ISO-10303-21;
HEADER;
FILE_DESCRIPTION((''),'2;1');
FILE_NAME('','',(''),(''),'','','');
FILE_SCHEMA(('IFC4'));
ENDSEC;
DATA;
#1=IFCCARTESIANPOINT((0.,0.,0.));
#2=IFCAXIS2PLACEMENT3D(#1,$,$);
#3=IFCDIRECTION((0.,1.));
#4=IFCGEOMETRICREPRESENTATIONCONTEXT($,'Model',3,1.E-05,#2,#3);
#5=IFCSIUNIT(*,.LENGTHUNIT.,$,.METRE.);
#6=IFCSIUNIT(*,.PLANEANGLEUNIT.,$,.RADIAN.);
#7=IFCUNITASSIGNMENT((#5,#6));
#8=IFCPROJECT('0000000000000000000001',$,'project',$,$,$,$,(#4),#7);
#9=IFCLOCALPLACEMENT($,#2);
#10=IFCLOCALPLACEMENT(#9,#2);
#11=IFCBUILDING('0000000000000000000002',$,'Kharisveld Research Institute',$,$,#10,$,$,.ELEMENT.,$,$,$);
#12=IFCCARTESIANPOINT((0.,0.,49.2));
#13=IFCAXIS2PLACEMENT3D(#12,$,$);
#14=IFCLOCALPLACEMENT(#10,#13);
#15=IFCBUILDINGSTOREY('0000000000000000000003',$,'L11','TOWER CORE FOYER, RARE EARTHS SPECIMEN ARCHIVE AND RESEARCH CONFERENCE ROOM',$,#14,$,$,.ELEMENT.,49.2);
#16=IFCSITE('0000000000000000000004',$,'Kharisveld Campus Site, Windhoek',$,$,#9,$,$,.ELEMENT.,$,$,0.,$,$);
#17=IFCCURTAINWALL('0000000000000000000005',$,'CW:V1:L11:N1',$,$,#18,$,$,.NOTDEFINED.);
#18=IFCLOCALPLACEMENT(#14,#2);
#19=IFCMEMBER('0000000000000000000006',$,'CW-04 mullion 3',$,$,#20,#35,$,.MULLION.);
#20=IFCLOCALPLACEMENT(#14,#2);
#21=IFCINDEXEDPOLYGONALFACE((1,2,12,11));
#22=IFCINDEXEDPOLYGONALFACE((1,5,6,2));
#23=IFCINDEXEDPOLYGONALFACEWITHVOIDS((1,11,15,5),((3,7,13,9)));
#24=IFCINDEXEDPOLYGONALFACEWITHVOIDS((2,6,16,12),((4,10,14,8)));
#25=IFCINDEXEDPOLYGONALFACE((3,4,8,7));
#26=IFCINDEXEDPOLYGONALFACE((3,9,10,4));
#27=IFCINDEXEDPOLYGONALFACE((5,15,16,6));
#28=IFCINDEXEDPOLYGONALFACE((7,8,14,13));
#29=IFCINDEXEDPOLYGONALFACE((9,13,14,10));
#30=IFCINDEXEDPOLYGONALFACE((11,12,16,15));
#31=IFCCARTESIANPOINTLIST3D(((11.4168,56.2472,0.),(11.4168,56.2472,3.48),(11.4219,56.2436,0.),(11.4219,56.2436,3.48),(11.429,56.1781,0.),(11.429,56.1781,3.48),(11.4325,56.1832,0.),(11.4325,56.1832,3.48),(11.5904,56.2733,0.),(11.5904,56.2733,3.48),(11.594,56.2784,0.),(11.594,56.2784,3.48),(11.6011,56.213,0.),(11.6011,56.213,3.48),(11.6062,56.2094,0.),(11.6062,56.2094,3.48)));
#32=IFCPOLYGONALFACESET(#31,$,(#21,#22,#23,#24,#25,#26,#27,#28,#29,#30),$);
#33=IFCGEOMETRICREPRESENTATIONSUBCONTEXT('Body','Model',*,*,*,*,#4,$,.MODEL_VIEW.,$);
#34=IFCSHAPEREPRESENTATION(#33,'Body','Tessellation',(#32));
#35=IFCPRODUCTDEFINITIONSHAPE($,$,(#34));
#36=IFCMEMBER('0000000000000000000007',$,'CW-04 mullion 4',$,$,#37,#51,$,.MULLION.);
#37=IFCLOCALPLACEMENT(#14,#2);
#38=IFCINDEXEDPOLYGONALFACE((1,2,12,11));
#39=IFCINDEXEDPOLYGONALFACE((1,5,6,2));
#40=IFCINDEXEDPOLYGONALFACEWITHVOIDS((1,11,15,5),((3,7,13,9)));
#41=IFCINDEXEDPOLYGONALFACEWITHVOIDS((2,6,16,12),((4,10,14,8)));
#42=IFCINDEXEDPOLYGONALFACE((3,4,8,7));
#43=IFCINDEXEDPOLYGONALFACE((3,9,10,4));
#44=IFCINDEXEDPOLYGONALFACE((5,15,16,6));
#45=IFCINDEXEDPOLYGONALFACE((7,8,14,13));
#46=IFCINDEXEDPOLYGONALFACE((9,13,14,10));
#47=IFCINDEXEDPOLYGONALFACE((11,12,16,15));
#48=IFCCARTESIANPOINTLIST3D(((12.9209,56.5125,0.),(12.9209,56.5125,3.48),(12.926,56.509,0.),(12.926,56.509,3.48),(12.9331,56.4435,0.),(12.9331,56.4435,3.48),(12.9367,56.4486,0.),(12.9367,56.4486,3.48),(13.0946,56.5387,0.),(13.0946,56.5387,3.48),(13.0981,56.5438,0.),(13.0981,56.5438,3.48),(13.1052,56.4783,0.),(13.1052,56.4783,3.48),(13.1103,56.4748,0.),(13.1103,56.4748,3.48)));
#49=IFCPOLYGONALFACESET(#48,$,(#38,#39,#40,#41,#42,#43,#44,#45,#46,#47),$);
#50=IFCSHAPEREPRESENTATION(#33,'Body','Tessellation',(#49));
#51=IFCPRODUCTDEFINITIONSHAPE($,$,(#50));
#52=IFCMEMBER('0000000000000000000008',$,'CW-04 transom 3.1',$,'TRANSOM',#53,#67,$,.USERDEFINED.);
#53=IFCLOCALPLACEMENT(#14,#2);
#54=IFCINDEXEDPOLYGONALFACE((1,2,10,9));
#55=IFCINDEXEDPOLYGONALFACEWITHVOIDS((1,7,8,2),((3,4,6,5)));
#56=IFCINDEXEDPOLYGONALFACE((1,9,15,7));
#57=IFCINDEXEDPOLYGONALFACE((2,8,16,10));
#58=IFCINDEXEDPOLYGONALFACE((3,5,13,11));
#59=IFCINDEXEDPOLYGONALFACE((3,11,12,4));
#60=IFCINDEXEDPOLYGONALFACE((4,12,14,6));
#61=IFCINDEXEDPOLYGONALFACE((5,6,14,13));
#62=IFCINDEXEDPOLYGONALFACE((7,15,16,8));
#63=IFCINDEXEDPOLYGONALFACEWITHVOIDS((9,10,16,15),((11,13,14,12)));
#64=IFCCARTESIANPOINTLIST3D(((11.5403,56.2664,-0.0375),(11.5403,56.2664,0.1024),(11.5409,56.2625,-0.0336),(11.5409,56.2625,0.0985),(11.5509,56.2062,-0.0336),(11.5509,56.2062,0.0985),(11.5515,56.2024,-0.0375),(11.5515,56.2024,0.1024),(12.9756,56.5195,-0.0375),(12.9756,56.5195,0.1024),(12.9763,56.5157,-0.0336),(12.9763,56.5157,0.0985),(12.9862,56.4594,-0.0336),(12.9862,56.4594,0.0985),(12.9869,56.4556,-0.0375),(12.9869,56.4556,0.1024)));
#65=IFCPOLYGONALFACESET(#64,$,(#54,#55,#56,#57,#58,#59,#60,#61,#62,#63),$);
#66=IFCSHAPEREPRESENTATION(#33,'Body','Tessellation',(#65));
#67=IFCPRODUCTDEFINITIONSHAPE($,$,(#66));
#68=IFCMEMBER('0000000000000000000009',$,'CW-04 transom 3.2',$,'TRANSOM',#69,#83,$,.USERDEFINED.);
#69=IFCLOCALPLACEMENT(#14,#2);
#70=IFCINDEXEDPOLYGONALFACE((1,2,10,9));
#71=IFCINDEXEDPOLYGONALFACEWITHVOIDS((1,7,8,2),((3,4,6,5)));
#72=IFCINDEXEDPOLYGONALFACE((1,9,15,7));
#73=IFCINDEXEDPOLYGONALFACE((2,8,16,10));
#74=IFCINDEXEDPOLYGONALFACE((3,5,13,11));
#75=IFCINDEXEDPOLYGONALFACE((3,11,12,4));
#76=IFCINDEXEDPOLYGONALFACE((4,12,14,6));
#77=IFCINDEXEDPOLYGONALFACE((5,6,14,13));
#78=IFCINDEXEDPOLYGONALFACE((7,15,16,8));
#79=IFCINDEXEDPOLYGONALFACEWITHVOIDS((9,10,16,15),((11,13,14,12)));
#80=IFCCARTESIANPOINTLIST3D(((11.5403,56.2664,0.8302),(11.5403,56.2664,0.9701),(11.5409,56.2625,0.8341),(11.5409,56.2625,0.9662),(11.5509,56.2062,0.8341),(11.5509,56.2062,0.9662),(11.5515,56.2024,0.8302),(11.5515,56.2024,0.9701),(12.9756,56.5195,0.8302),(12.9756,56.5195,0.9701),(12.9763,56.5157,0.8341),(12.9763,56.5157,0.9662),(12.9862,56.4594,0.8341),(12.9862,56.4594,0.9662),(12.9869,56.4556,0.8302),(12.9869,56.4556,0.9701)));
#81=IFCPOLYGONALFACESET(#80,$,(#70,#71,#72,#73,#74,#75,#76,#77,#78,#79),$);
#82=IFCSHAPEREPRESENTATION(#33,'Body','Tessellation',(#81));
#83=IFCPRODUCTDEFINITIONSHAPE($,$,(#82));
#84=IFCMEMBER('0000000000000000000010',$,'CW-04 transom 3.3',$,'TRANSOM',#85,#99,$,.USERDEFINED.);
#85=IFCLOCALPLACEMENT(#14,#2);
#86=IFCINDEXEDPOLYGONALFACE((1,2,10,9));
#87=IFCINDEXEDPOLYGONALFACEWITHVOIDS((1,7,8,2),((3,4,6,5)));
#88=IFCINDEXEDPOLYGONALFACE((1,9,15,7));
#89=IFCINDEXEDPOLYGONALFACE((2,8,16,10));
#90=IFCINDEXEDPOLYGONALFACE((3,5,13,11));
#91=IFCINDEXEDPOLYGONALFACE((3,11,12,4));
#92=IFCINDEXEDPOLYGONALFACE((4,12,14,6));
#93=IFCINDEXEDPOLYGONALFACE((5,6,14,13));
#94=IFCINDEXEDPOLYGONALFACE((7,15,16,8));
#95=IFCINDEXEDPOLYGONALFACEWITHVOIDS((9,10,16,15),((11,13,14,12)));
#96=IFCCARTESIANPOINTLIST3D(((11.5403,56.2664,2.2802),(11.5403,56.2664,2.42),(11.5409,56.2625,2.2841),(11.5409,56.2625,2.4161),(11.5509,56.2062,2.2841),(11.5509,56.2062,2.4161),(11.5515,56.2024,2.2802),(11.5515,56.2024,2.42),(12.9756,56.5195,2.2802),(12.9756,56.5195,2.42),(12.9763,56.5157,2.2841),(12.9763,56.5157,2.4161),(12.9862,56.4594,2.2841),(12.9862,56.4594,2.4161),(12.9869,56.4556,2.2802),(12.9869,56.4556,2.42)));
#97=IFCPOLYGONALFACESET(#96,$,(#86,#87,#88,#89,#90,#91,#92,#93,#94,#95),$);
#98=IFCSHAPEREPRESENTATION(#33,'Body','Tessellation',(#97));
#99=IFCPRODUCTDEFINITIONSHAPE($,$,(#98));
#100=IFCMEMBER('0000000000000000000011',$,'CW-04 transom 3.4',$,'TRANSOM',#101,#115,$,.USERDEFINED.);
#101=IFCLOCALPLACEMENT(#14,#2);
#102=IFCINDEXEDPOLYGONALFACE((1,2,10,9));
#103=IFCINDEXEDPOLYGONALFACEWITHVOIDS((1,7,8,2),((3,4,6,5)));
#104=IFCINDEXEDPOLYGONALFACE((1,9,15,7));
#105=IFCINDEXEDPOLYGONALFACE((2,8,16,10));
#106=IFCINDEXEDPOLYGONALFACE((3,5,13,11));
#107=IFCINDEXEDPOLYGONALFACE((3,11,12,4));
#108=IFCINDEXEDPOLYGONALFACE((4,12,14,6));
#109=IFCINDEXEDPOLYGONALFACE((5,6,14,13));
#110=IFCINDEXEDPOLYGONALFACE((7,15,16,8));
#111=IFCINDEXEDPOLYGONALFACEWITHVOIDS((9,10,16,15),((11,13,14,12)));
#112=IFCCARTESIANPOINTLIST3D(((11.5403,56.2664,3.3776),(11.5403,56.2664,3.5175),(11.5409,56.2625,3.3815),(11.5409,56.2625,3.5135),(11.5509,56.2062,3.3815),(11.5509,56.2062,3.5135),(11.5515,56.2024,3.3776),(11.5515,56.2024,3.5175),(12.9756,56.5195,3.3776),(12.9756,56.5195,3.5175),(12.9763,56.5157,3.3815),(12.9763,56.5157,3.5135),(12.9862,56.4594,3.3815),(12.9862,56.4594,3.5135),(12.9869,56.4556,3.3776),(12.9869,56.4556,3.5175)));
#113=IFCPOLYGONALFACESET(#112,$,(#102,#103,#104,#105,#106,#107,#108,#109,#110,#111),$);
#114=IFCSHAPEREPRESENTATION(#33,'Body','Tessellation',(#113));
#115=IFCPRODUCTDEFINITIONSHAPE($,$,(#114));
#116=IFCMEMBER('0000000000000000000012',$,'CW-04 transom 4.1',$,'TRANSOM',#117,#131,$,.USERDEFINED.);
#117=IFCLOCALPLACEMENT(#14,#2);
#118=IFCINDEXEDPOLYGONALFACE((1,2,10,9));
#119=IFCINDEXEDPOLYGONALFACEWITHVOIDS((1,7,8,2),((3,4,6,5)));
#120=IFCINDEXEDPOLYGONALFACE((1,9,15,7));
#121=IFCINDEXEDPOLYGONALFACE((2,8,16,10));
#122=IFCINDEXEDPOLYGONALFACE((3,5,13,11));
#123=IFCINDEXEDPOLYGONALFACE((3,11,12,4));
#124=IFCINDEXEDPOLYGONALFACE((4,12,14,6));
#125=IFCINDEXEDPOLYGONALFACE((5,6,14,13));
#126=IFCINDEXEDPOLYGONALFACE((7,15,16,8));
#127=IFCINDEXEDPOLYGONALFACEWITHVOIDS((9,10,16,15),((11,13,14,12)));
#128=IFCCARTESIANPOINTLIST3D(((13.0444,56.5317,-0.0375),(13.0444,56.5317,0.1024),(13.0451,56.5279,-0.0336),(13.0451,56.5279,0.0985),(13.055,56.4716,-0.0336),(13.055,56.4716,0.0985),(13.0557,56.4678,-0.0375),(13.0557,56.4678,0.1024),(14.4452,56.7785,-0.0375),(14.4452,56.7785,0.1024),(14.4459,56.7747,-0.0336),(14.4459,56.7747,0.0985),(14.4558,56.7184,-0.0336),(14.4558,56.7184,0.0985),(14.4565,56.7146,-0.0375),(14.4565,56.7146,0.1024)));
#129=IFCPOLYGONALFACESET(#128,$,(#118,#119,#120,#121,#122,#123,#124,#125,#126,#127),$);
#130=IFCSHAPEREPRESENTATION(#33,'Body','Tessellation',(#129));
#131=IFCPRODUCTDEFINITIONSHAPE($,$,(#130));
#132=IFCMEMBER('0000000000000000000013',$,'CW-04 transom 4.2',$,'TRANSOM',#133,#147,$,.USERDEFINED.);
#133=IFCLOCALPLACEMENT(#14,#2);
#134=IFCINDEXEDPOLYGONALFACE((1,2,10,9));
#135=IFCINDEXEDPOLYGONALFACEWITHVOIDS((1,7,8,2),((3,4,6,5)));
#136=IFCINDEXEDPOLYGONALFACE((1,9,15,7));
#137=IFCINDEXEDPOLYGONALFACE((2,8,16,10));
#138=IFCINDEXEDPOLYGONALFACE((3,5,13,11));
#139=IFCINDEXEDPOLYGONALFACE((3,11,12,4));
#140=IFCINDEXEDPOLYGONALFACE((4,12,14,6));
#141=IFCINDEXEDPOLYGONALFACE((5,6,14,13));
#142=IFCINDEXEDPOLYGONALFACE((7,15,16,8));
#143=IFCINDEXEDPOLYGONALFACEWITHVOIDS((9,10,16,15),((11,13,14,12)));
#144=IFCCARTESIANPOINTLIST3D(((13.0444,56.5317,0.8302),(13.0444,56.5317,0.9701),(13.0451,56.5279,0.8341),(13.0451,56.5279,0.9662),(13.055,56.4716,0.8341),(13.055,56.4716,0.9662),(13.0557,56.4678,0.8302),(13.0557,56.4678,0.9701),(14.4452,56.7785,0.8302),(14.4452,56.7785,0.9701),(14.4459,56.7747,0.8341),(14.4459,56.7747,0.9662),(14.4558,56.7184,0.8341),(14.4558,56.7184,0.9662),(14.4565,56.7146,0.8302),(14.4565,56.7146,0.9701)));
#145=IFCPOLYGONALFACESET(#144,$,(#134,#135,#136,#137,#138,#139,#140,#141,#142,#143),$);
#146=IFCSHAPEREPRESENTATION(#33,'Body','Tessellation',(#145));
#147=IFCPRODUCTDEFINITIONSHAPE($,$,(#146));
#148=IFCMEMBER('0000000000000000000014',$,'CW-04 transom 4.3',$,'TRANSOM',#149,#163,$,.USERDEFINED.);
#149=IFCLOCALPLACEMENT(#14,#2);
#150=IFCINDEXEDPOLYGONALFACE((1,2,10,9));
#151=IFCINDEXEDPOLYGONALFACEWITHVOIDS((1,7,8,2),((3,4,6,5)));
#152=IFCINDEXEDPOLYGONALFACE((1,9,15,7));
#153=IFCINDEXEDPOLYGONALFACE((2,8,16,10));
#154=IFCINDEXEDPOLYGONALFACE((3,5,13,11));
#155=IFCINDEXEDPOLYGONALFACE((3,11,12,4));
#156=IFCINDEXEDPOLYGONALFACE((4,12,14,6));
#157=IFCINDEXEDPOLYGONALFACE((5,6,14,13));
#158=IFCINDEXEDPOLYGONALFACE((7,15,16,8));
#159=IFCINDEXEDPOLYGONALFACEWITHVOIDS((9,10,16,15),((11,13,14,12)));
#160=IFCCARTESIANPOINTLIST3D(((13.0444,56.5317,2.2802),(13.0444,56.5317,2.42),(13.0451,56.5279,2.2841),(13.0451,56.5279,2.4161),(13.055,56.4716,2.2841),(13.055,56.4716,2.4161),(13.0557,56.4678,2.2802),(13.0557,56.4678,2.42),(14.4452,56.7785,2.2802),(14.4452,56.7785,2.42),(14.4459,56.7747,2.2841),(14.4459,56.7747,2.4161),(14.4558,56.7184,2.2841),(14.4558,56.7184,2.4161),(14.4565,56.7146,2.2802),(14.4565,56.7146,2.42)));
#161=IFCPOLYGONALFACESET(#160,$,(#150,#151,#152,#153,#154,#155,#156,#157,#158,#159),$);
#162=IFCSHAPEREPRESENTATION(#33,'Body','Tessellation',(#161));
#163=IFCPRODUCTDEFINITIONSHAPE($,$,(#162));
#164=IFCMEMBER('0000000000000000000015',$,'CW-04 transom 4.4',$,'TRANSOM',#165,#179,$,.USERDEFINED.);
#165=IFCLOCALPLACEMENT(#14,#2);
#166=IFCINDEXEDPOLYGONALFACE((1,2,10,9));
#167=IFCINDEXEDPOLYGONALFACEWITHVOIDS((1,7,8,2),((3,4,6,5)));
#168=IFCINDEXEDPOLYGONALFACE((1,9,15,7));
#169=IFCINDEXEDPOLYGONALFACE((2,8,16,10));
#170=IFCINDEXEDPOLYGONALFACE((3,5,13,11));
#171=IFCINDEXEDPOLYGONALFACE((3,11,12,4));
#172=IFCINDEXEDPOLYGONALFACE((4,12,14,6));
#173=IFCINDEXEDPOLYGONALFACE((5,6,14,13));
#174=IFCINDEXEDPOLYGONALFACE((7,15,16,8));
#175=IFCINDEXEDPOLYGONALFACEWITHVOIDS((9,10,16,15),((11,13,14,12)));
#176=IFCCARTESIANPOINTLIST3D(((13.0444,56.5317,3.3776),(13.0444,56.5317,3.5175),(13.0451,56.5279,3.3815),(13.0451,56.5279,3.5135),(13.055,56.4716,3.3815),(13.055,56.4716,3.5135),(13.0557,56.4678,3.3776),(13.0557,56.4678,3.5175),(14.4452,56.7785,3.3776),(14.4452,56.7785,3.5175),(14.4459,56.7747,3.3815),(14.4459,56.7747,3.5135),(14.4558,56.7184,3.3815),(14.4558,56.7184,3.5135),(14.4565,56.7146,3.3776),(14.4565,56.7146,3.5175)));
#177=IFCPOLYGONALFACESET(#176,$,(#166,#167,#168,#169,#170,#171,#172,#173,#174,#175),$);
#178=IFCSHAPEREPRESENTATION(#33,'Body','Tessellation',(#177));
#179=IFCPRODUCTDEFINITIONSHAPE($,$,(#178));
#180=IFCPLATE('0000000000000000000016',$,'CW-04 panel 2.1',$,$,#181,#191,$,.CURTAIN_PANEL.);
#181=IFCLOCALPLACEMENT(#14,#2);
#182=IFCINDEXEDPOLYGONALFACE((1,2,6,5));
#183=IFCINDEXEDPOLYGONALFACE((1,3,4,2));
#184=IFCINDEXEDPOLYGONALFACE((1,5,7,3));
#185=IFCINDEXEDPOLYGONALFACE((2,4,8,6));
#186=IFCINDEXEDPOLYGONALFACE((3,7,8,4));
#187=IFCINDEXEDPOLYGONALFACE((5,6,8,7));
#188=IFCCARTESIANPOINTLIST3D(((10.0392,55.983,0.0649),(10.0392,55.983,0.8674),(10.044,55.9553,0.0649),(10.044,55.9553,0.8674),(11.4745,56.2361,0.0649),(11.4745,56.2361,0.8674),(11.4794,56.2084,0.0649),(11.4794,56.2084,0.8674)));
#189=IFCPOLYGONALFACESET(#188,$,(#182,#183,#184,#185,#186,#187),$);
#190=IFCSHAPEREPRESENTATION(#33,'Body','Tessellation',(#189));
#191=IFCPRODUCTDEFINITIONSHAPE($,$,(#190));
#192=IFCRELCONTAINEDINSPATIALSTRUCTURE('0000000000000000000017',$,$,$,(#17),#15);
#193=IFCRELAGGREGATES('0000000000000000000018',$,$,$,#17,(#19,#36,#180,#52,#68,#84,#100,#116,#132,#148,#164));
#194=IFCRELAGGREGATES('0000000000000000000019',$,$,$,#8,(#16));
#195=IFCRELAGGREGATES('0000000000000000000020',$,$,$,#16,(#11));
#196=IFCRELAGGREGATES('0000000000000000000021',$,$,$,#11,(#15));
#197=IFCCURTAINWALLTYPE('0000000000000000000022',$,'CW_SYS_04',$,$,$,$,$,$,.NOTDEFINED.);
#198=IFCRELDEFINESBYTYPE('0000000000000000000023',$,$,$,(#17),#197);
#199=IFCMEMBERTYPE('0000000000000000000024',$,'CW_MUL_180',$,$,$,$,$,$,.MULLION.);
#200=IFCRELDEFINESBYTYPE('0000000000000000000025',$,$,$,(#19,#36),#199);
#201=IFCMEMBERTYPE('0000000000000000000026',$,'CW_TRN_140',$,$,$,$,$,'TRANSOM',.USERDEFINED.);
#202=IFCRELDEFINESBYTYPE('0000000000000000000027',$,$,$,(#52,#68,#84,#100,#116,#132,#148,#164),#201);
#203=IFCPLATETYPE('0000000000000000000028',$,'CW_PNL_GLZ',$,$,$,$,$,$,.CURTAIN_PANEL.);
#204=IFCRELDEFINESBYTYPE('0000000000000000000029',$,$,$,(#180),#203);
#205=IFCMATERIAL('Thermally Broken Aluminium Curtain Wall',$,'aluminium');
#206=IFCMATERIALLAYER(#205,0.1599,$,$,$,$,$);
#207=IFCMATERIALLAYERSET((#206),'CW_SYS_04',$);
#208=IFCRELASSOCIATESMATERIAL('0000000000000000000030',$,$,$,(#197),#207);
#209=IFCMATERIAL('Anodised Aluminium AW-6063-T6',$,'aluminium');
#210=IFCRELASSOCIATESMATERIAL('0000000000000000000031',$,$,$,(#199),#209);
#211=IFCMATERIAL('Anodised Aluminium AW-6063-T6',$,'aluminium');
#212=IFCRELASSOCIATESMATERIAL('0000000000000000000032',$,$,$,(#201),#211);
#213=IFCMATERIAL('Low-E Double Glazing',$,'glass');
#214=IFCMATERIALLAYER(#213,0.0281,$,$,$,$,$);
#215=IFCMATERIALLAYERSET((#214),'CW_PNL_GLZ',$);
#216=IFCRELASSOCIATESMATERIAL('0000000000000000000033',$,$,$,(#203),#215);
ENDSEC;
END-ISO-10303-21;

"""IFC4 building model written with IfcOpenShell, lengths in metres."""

from ifc_helpers import new_model, si_unit, direction, frame, origin, origin_2d, place, context, subcontext, project, spatial, rectangle, hollow_rectangle, extrude, material, layer, layer_set, material_profile, profile_set, type_object, element, aggregate, save


model = new_model("IFC4")

# Units and contexts
model_context = context("Model", 3, precision=1e-05, world=origin(), true_north=direction((0.0, 1.0)))
body_context = subcontext(model_context, "Body", "Model", "MODEL_VIEW")
ifc_project = project(units=[si_unit("LENGTHUNIT", "METRE"), si_unit("PLANEANGLEUNIT", "RADIAN")], contexts=[model_context])

# Site, building, storey
site_placement = place(None, origin())
site = spatial("IfcSite", under=ifc_project, at=site_placement, Name="Kharisveld Campus Site, Windhoek", CompositionType="ELEMENT", RefElevation=0.0)
building_placement = place(site_placement, origin())
building = spatial("IfcBuilding", under=site, at=building_placement, Name="Kharisveld Research Institute", CompositionType="ELEMENT")
storey_placement = place(building_placement, frame((0.0, 0.0, 49.2)))
storey = spatial("IfcBuildingStorey", under=building, at=storey_placement, Name="L11", Description="TOWER CORE FOYER, RARE EARTHS SPECIMEN ARCHIVE AND RESEARCH CONFERENCE ROOM", CompositionType="ELEMENT", Elevation=49.2)

# Curtain wall, members, plate
ifc_material_1 = material(Name="Thermally Broken Aluminium Curtain Wall", Category="aluminium")
ifc_layer_1 = layer(ifc_material_1, 0.1599)
ifc_layer_set_1 = layer_set([ifc_layer_1], Name="CW_SYS_04")
curtain_wall_type = type_object("IfcCurtainWallType", Name="CW_SYS_04", PredefinedType="NOTDEFINED", material=ifc_layer_set_1)
curtain_wall_placement = place(storey_placement, origin())
curtain_wall = element("IfcCurtainWall", 1, at=curtain_wall_placement, inside=storey, type_object=curtain_wall_type, Name="CW:V1:L11:N1", PredefinedType="NOTDEFINED")
ifc_material_2 = material(Name="Anodised Aluminium AW-6063-T6", Category="aluminium")
ifc_material_profile_1 = material_profile(ifc_material_2, hollow_rectangle(XDim=0.0701, YDim=0.1799, WallThickness=0.0044, at=origin_2d()))
ifc_profile_set_1 = profile_set([ifc_material_profile_1], Name="Anodised Aluminium AW-6063-T6")
member_type_1 = type_object("IfcMemberType", Name="CW_MUL_180", PredefinedType="MULLION", material=ifc_profile_set_1)
member_1_placement = place(storey_placement, frame((11.5115, 56.2283, 0.0), z_axis=(0.0, 0.0, 1.0), x_axis=(-0.173648, 0.984808, 0.0)))
member_1 = element("IfcMember", 2, at=member_1_placement, type_object=member_type_1, Name="CW-04 mullion 3", PredefinedType="MULLION", context=body_context, shape_type="SweptSolid", body=[
    extrude(hollow_rectangle(XDim=0.0701, YDim=0.1799, WallThickness=0.0044, at=origin_2d()), origin(), (0.0, 0.0, 1.0), 3.48),
])
member_2_placement = place(storey_placement, frame((13.0156, 56.4937, 0.0), z_axis=(0.0, 0.0, 1.0), x_axis=(-0.173648, 0.984808, 0.0)))
member_2 = element("IfcMember", 3, at=member_2_placement, type_object=member_type_1, Name="CW-04 mullion 4", PredefinedType="MULLION", context=body_context, shape_type="SweptSolid", body=[
    extrude(hollow_rectangle(XDim=0.0701, YDim=0.1799, WallThickness=0.0044, at=origin_2d()), origin(), (0.0, 0.0, 1.0), 3.48),
])
ifc_material_3 = material(Name="Anodised Aluminium AW-6063-T6", Category="aluminium")
ifc_material_profile_2 = material_profile(ifc_material_3, hollow_rectangle(XDim=0.0649, YDim=0.1399, WallThickness=0.0039, at=origin_2d()))
ifc_profile_set_2 = profile_set([ifc_material_profile_2], Name="Anodised Aluminium AW-6063-T6")
member_type_2 = type_object("IfcMemberType", Name="CW_TRN_140", ElementType="TRANSOM", PredefinedType="USERDEFINED", material=ifc_profile_set_2)
member_3_placement = place(storey_placement, frame((11.5459, 56.2344, 0.0325), z_axis=(0.984797, 0.173709, 0.0), x_axis=(-0.173709, 0.984797, 0.0)))
member_3 = element("IfcMember", 4, at=member_3_placement, type_object=member_type_2, Name="CW-04 transom 3.1", ObjectType="TRANSOM", PredefinedType="USERDEFINED", context=body_context, shape_type="SweptSolid", body=[
    extrude(hollow_rectangle(XDim=0.0649, YDim=0.1399, WallThickness=0.0039, at=origin_2d()), origin(), (0.0, 0.0, 1.0), 1.4575),
])
member_4_placement = place(storey_placement, frame((11.5459, 56.2344, 0.9001), z_axis=(0.984797, 0.173709, 0.0), x_axis=(-0.173709, 0.984797, 0.0)))
member_4 = element("IfcMember", 5, at=member_4_placement, type_object=member_type_2, Name="CW-04 transom 3.2", ObjectType="TRANSOM", PredefinedType="USERDEFINED", context=body_context, shape_type="SweptSolid", body=[
    extrude(hollow_rectangle(XDim=0.0649, YDim=0.1399, WallThickness=0.0039, at=origin_2d()), origin(), (0.0, 0.0, 1.0), 1.4575),
])
member_5_placement = place(storey_placement, frame((11.5459, 56.2344, 2.3501), z_axis=(0.984797, 0.173709, 0.0), x_axis=(-0.173709, 0.984797, 0.0)))
member_5 = element("IfcMember", 6, at=member_5_placement, type_object=member_type_2, Name="CW-04 transom 3.3", ObjectType="TRANSOM", PredefinedType="USERDEFINED", context=body_context, shape_type="SweptSolid", body=[
    extrude(hollow_rectangle(XDim=0.0649, YDim=0.1399, WallThickness=0.0039, at=origin_2d()), origin(), (0.0, 0.0, 1.0), 1.4575),
])
member_6_placement = place(storey_placement, frame((11.5459, 56.2344, 3.4475), z_axis=(0.984797, 0.173709, 0.0), x_axis=(-0.173709, 0.984797, 0.0)))
member_6 = element("IfcMember", 7, at=member_6_placement, type_object=member_type_2, Name="CW-04 transom 3.4", ObjectType="TRANSOM", PredefinedType="USERDEFINED", context=body_context, shape_type="SweptSolid", body=[
    extrude(hollow_rectangle(XDim=0.0649, YDim=0.1399, WallThickness=0.0039, at=origin_2d()), origin(), (0.0, 0.0, 1.0), 1.4575),
])
member_7_placement = place(storey_placement, frame((13.05, 56.4998, 0.0325), z_axis=(0.98483, 0.173521, 0.0), x_axis=(-0.173521, 0.98483, 0.0)))
member_7 = element("IfcMember", 8, at=member_7_placement, type_object=member_type_2, Name="CW-04 transom 4.1", ObjectType="TRANSOM", PredefinedType="USERDEFINED", context=body_context, shape_type="SweptSolid", body=[
    extrude(hollow_rectangle(XDim=0.0649, YDim=0.1399, WallThickness=0.0039, at=origin_2d()), origin(), (0.0, 0.0, 1.0), 1.4224),
])
member_8_placement = place(storey_placement, frame((13.05, 56.4998, 0.9001), z_axis=(0.98483, 0.173521, 0.0), x_axis=(-0.173521, 0.98483, 0.0)))
member_8 = element("IfcMember", 9, at=member_8_placement, type_object=member_type_2, Name="CW-04 transom 4.2", ObjectType="TRANSOM", PredefinedType="USERDEFINED", context=body_context, shape_type="SweptSolid", body=[
    extrude(hollow_rectangle(XDim=0.0649, YDim=0.1399, WallThickness=0.0039, at=origin_2d()), origin(), (0.0, 0.0, 1.0), 1.4224),
])
member_9_placement = place(storey_placement, frame((13.05, 56.4998, 2.3501), z_axis=(0.98483, 0.173521, 0.0), x_axis=(-0.173521, 0.98483, 0.0)))
member_9 = element("IfcMember", 10, at=member_9_placement, type_object=member_type_2, Name="CW-04 transom 4.3", ObjectType="TRANSOM", PredefinedType="USERDEFINED", context=body_context, shape_type="SweptSolid", body=[
    extrude(hollow_rectangle(XDim=0.0649, YDim=0.1399, WallThickness=0.0039, at=origin_2d()), origin(), (0.0, 0.0, 1.0), 1.4224),
])
member_10_placement = place(storey_placement, frame((13.05, 56.4998, 3.4475), z_axis=(0.98483, 0.173521, 0.0), x_axis=(-0.173521, 0.98483, 0.0)))
member_10 = element("IfcMember", 11, at=member_10_placement, type_object=member_type_2, Name="CW-04 transom 4.4", ObjectType="TRANSOM", PredefinedType="USERDEFINED", context=body_context, shape_type="SweptSolid", body=[
    extrude(hollow_rectangle(XDim=0.0649, YDim=0.1399, WallThickness=0.0039, at=origin_2d()), origin(), (0.0, 0.0, 1.0), 1.4224),
])
ifc_material_4 = material(Name="Low-E Double Glazing", Category="glass")
ifc_layer_2 = layer(ifc_material_4, 0.0281)
ifc_layer_set_2 = layer_set([ifc_layer_2], Name="CW_PNL_GLZ")
plate_type = type_object("IfcPlateType", Name="CW_PNL_GLZ", PredefinedType="CURTAIN_PANEL", material=ifc_layer_set_2)
plate_1_placement = place(storey_placement, frame((10.7593, 56.0957, 0.0649), z_axis=(0.0, 0.0, 1.0), x_axis=(0.984808, 0.173648, 0.0)))
plate_1 = element("IfcPlate", 12, at=plate_1_placement, type_object=plate_type, Name="CW-04 panel 2.1", PredefinedType="CURTAIN_PANEL", context=body_context, shape_type="SweptSolid", body=[
    extrude(rectangle(XDim=1.4575, YDim=0.0281, at=origin_2d()), origin(), (0.0, 0.0, 1.0), 0.8025),
])
aggregate(curtain_wall, [member_1, member_2, plate_1, member_3, member_4, member_5, member_6, member_7, member_8, member_9, member_10])

save(model, "model.ifc")
